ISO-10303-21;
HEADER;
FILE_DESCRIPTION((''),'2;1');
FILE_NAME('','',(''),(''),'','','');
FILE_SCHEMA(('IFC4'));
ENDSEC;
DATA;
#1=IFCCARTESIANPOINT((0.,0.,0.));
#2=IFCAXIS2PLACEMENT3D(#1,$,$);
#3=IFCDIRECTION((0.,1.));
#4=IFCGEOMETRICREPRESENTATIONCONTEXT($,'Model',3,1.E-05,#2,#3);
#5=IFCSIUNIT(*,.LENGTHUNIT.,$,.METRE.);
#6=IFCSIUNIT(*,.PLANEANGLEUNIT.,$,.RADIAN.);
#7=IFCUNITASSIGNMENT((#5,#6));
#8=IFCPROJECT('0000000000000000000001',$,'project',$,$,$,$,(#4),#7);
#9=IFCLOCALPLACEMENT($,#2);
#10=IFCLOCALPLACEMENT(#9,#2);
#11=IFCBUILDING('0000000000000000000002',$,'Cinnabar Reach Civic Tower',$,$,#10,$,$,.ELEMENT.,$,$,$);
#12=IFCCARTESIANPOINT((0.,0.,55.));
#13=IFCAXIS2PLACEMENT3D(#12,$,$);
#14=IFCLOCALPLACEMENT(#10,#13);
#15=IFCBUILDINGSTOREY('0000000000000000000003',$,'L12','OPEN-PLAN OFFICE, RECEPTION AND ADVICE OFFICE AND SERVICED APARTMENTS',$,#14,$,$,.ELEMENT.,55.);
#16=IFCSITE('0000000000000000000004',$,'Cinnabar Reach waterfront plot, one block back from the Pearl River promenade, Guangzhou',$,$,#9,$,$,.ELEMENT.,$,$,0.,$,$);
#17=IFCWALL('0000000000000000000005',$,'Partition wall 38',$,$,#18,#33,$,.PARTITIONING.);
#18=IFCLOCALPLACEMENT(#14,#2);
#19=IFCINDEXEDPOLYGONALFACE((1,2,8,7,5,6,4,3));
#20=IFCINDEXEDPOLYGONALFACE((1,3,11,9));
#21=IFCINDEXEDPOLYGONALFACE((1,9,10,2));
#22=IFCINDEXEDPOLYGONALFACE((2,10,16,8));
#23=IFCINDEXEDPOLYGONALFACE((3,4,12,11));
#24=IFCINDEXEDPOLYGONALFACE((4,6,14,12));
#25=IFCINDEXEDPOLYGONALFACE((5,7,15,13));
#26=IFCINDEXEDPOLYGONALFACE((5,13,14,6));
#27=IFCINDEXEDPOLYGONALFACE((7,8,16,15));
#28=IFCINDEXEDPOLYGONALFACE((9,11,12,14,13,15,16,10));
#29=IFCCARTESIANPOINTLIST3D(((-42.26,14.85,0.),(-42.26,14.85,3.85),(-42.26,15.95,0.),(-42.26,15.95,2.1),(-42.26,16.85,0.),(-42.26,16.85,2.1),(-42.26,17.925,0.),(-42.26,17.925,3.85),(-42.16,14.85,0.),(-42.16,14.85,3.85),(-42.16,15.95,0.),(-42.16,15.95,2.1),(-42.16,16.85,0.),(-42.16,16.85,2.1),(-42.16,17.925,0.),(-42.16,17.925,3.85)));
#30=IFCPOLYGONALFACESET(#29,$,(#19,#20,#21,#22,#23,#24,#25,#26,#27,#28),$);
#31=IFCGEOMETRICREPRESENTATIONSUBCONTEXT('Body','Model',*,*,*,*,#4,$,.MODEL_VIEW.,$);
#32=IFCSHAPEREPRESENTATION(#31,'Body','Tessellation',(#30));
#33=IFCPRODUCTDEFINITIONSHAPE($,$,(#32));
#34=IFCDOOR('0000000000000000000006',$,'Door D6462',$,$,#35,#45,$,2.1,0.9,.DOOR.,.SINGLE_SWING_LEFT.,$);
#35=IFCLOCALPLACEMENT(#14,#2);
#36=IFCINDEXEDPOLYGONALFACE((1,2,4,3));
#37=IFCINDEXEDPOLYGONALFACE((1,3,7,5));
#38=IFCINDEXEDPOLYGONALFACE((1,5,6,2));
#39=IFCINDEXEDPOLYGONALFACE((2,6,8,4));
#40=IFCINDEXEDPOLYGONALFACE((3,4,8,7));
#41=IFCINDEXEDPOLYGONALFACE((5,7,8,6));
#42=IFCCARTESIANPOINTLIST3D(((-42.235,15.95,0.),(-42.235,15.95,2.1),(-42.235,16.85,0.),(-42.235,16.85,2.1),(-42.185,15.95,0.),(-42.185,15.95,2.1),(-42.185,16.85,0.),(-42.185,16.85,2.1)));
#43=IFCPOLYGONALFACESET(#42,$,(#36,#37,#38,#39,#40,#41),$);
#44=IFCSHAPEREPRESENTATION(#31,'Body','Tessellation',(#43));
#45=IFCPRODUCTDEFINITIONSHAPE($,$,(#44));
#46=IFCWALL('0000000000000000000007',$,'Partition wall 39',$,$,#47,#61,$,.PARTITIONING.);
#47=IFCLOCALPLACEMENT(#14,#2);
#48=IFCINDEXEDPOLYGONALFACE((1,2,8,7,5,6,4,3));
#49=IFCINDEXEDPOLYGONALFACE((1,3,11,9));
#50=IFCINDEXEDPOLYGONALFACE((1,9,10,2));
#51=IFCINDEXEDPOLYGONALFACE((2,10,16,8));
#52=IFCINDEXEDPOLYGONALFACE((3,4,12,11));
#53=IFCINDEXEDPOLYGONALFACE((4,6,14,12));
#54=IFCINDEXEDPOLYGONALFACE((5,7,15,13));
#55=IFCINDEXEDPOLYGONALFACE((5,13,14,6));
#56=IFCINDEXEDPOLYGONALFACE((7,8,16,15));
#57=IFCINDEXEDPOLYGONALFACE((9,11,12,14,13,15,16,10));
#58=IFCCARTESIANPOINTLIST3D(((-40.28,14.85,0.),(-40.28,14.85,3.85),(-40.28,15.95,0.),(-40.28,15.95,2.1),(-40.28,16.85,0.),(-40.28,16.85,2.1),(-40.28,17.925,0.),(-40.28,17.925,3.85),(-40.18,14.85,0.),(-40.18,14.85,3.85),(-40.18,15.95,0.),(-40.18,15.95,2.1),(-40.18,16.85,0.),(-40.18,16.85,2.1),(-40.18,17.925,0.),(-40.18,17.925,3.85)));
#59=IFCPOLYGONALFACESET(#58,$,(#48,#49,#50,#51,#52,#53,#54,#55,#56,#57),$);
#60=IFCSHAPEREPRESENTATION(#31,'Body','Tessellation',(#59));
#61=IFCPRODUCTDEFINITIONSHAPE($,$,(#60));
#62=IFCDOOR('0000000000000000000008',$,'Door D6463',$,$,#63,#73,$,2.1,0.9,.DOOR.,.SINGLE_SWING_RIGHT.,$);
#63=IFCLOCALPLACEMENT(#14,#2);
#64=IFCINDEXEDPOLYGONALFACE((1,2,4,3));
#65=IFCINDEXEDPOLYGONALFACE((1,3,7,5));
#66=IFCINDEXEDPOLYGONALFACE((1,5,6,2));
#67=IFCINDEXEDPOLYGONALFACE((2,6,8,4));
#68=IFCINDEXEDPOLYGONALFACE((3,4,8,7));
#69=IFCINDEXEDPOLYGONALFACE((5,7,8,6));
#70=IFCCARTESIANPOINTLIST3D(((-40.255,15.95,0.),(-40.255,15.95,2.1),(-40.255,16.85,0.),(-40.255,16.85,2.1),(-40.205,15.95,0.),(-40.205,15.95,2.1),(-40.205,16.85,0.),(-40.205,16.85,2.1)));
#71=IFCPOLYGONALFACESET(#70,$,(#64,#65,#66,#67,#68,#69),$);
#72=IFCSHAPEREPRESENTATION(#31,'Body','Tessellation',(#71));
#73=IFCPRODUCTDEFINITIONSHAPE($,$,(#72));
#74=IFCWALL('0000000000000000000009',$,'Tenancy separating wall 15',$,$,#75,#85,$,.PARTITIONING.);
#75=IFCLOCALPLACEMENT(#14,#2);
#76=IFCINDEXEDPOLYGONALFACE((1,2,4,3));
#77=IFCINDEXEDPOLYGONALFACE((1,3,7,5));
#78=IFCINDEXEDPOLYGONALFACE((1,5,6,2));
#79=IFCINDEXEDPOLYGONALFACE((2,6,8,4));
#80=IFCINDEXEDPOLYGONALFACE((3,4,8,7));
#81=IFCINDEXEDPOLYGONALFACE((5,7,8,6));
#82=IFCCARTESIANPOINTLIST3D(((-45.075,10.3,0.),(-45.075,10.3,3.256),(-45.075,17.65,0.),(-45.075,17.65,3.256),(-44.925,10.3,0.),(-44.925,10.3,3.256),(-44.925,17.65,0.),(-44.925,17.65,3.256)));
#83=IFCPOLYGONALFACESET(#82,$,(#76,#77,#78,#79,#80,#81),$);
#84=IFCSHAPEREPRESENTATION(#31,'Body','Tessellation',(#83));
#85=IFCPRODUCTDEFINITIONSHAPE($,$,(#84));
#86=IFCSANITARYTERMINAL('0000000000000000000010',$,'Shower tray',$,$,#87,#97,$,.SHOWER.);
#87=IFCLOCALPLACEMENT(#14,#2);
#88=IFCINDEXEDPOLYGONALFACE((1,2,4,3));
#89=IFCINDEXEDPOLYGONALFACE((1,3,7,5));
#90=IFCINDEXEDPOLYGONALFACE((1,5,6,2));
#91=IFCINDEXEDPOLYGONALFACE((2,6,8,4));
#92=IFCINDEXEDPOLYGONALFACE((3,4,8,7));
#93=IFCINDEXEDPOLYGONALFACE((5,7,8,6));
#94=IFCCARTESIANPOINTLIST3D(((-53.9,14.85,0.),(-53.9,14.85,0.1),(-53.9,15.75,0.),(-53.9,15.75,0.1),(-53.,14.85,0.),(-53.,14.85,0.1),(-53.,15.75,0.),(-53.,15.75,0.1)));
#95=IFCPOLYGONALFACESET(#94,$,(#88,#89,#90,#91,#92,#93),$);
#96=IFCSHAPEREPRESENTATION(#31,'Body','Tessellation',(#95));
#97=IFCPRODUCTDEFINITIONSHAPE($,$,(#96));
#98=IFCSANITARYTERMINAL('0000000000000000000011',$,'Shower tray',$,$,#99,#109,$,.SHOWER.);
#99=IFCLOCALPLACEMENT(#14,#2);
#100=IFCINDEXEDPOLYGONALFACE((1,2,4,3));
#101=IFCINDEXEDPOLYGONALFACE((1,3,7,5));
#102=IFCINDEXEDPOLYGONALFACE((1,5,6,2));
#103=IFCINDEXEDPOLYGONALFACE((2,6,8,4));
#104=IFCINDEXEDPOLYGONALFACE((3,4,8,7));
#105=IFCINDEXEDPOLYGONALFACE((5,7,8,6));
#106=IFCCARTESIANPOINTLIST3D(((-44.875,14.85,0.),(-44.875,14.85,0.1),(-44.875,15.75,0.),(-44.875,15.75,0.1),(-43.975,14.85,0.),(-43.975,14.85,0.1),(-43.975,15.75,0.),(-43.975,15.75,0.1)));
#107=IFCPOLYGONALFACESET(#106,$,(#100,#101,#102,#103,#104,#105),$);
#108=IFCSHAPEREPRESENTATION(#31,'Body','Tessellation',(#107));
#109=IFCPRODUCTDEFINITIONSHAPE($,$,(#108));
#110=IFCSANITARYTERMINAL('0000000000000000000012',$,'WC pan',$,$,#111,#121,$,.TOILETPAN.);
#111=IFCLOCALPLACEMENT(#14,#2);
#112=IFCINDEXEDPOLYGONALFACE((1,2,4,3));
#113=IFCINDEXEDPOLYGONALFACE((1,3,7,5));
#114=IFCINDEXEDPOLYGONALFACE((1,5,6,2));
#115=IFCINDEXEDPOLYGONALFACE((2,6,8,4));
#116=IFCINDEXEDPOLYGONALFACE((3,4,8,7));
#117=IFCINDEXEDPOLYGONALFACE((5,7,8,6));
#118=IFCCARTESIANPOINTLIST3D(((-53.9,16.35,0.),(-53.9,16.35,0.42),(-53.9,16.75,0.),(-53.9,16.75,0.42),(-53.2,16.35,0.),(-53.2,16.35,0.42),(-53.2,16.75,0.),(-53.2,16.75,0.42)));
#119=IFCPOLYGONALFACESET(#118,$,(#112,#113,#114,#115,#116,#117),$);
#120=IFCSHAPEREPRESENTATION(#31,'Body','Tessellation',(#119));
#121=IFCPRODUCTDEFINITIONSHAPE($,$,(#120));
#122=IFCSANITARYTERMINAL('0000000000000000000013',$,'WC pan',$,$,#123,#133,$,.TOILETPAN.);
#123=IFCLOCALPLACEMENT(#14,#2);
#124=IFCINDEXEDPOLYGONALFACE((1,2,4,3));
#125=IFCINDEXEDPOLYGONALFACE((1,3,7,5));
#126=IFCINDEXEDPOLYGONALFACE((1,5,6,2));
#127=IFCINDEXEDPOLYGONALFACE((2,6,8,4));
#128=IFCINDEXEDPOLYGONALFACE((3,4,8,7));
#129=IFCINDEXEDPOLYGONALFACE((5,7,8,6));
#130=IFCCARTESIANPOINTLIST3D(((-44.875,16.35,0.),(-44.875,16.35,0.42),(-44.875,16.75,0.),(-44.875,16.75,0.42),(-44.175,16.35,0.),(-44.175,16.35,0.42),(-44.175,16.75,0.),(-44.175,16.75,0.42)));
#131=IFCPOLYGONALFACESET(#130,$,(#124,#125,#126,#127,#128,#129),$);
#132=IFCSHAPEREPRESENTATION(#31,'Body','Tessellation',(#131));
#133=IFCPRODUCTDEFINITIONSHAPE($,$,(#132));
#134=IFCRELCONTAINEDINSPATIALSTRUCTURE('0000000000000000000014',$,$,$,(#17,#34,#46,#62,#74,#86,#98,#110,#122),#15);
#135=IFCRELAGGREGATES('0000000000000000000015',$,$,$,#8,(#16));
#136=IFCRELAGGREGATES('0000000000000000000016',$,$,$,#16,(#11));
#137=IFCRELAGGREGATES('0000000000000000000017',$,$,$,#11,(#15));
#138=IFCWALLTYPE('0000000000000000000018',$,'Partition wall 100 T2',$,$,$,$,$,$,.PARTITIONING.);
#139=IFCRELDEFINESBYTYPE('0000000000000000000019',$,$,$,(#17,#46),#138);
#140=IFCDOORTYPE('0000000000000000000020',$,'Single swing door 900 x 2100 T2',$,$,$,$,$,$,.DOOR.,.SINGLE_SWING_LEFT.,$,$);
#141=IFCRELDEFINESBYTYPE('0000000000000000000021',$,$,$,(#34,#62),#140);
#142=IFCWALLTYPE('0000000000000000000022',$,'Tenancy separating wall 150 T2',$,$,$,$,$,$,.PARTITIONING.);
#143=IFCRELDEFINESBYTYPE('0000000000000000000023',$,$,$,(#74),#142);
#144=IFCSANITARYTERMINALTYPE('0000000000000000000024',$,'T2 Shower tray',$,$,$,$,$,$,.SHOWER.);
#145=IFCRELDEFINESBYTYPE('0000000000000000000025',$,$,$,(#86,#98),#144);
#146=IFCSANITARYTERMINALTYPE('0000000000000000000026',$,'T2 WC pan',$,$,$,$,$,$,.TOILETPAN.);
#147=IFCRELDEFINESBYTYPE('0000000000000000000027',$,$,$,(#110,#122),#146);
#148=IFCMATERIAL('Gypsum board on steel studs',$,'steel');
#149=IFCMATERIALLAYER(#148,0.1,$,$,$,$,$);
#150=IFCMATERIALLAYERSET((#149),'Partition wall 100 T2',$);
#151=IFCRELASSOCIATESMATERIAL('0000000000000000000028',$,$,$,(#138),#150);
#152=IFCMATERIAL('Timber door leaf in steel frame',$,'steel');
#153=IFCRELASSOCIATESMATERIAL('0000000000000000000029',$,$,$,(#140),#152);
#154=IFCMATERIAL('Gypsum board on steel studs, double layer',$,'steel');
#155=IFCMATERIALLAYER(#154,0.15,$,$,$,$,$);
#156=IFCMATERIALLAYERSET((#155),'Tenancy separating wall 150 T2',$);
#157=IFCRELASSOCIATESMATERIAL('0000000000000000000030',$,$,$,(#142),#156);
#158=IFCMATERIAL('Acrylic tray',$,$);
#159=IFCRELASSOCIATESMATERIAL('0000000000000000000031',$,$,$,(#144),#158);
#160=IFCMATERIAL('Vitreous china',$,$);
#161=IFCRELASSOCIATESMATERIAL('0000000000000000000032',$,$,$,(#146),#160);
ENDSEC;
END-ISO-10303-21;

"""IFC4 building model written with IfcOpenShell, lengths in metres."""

from ifc_helpers import new_model, si_unit, direction, frame, frame_2d, origin, origin_2d, place, context, subcontext, project, spatial, rectangle, extrude, material, layer, layer_set, type_object, element, fill, save


model = new_model("IFC4")

# Units and contexts
model_context = context("Model", 3, precision=1e-05, world=origin(), true_north=direction((0.0, 1.0)))
body_context = subcontext(model_context, "Body", "Model", "MODEL_VIEW")
ifc_project = project(units=[si_unit("LENGTHUNIT", "METRE"), si_unit("PLANEANGLEUNIT", "RADIAN")], contexts=[model_context])

# Site, building, storey
site_placement = place(None, origin())
site = spatial("IfcSite", under=ifc_project, at=site_placement, Name="Cinnabar Reach waterfront plot, one block back from the Pearl River promenade, Guangzhou", CompositionType="ELEMENT", RefElevation=0.0)
building_placement = place(site_placement, origin())
building = spatial("IfcBuilding", under=site, at=building_placement, Name="Cinnabar Reach Civic Tower", CompositionType="ELEMENT")
storey_placement = place(building_placement, frame((0.0, 0.0, 55.0)))
storey = spatial("IfcBuildingStorey", under=building, at=storey_placement, Name="L12", Description="OPEN-PLAN OFFICE, RECEPTION AND ADVICE OFFICE AND SERVICED APARTMENTS", CompositionType="ELEMENT", Elevation=55.0)

# Walls, openings, doors
ifc_material_1 = material(Name="Gypsum board on steel studs, double layer", Category="steel")
ifc_material_2 = material(Name="Timber door leaf in steel frame", Category="steel")
ifc_material_3 = material(Name="Gypsum board on steel studs", Category="steel")
ifc_layer_1 = layer(ifc_material_3, 0.1)
ifc_layer_set_1 = layer_set([ifc_layer_1], Name="Partition wall 100 T2")
wall_type_1 = type_object("IfcWallType", Name="Partition wall 100 T2", PredefinedType="PARTITIONING", material=ifc_layer_set_1)
door_type_1 = type_object("IfcDoorType", Name="Single swing door 900 x 2100 T2", OperationType="SINGLE_SWING_LEFT", PredefinedType="DOOR", material=ifc_material_2)
wall_1_placement = place(storey_placement, frame((-42.21, 14.85, 0.0), z_axis=(0.0, 0.0, 1.0), x_axis=(0.0, 1.0, 0.0)))
wall_1 = element("IfcWall", 1, at=wall_1_placement, inside=storey, type_object=wall_type_1, Name="Partition wall 38", PredefinedType="PARTITIONING", context=body_context, shape_type="SweptSolid", body=[
    extrude(rectangle(XDim=3.075, YDim=0.1, at=frame_2d((1.5375, 0.0))), origin(), (0.0, 0.0, 1.0), 3.85),
])
opening_1_placement = place(wall_1_placement, frame((1.1, 0.0, 0.0)))
opening_1 = element("IfcOpeningElement", 2, at=opening_1_placement, cuts=wall_1, PredefinedType="OPENING", context=body_context, shape_type="SweptSolid", body=[
    extrude(rectangle(XDim=0.9, YDim=2.1, at=frame_2d((0.45, 1.05))), frame((0.0, 0.06, 0.0), z_axis=(0.0, -1.0, 0.0), x_axis=(1.0, 0.0, 0.0)), (0.0, 0.0, 1.0), 0.12),
])
door_1_placement = place(opening_1_placement, origin())
door_1 = element("IfcDoor", 3, at=door_1_placement, inside=storey, type_object=door_type_1, Name="Door D6462", OperationType="SINGLE_SWING_LEFT", OverallHeight=2.1, OverallWidth=0.9, PredefinedType="DOOR", context=body_context, shape_type="SweptSolid", body=[
    extrude(rectangle(XDim=0.9, YDim=2.1, at=frame_2d((0.45, 1.05))), frame((0.0, 0.025, 0.0), z_axis=(0.0, -1.0, 0.0), x_axis=(1.0, 0.0, 0.0)), (0.0, 0.0, 1.0), 0.05),
])
fill(opening_1, door_1)
wall_2_placement = place(storey_placement, frame((-40.23, 14.85, 0.0), z_axis=(0.0, 0.0, 1.0), x_axis=(0.0, 1.0, 0.0)))
wall_2 = element("IfcWall", 4, at=wall_2_placement, inside=storey, type_object=wall_type_1, Name="Partition wall 39", PredefinedType="PARTITIONING", context=body_context, shape_type="SweptSolid", body=[
    extrude(rectangle(XDim=3.075, YDim=0.1, at=frame_2d((1.5375, 0.0))), origin(), (0.0, 0.0, 1.0), 3.85),
])
opening_2_placement = place(wall_2_placement, frame((1.1, 0.0, 0.0)))
opening_2 = element("IfcOpeningElement", 5, at=opening_2_placement, cuts=wall_2, PredefinedType="OPENING", context=body_context, shape_type="SweptSolid", body=[
    extrude(rectangle(XDim=0.9, YDim=2.1, at=frame_2d((0.45, 1.05))), frame((0.0, 0.06, 0.0), z_axis=(0.0, -1.0, 0.0), x_axis=(1.0, 0.0, 0.0)), (0.0, 0.0, 1.0), 0.12),
])
door_2_placement = place(opening_2_placement, origin())
door_2 = element("IfcDoor", 6, at=door_2_placement, inside=storey, type_object=door_type_1, Name="Door D6463", OperationType="SINGLE_SWING_RIGHT", OverallHeight=2.1, OverallWidth=0.9, PredefinedType="DOOR", context=body_context, shape_type="SweptSolid", body=[
    extrude(rectangle(XDim=0.9, YDim=2.1, at=frame_2d((0.45, 1.05))), frame((0.0, 0.025, 0.0), z_axis=(0.0, -1.0, 0.0), x_axis=(1.0, 0.0, 0.0)), (0.0, 0.0, 1.0), 0.05),
])
fill(opening_2, door_2)

# Wall
ifc_layer_2 = layer(ifc_material_1, 0.15)
ifc_layer_set_2 = layer_set([ifc_layer_2], Name="Tenancy separating wall 150 T2")
wall_type_2 = type_object("IfcWallType", Name="Tenancy separating wall 150 T2", PredefinedType="PARTITIONING", material=ifc_layer_set_2)
wall_3_placement = place(storey_placement, frame((-45.0, 10.3, 0.0), z_axis=(0.0, 0.0, 1.0), x_axis=(0.0, 1.0, 0.0)))
element("IfcWall", 7, at=wall_3_placement, inside=storey, type_object=wall_type_2, Name="Tenancy separating wall 15", PredefinedType="PARTITIONING", context=body_context, shape_type="SweptSolid", body=[
    extrude(rectangle(XDim=7.35, YDim=0.15, at=frame_2d((3.675, 0.0))), origin(), (0.0, 0.0, 1.0), 3.256),
])

# Sanitary terminals
ifc_material_4 = material(Name="Acrylic tray")
sanitary_terminal_type_1 = type_object("IfcSanitaryTerminalType", Name="T2 Shower tray", PredefinedType="SHOWER", material=ifc_material_4)
for number, where, z_axis, x_axis, name in (
    (8, (-53.45, 15.3, 0.0), (0.0, 0.0, 1.0), (1.0, 0.0, 0.0), "Shower tray"),
    (9, (-44.425, 15.3, 0.0), (0.0, 0.0, 1.0), (1.0, 0.0, 0.0), "Shower tray"),
):
    element("IfcSanitaryTerminal", number, at=place(storey_placement, frame(where, z_axis=z_axis, x_axis=x_axis)), inside=storey, type_object=sanitary_terminal_type_1, Name=name, PredefinedType="SHOWER", context=body_context, shape_type="SweptSolid", body=[
        extrude(rectangle(XDim=0.9, YDim=0.9, at=origin_2d()), origin(), (0.0, 0.0, 1.0), 0.1),
    ])
ifc_material_5 = material(Name="Vitreous china")
sanitary_terminal_type_2 = type_object("IfcSanitaryTerminalType", Name="T2 WC pan", PredefinedType="TOILETPAN", material=ifc_material_5)
for number, where, z_axis, x_axis, name in (
    (10, (-53.55, 16.55, 0.0), (0.0, 0.0, 1.0), (1.0, 0.0, 0.0), "WC pan"),
    (11, (-44.525, 16.55, 0.0), (0.0, 0.0, 1.0), (1.0, 0.0, 0.0), "WC pan"),
):
    element("IfcSanitaryTerminal", number, at=place(storey_placement, frame(where, z_axis=z_axis, x_axis=x_axis)), inside=storey, type_object=sanitary_terminal_type_2, Name=name, PredefinedType="TOILETPAN", context=body_context, shape_type="SweptSolid", body=[
        extrude(rectangle(XDim=0.7, YDim=0.4, at=origin_2d()), origin(), (0.0, 0.0, 1.0), 0.42),
    ])

save(model, "model.ifc")
